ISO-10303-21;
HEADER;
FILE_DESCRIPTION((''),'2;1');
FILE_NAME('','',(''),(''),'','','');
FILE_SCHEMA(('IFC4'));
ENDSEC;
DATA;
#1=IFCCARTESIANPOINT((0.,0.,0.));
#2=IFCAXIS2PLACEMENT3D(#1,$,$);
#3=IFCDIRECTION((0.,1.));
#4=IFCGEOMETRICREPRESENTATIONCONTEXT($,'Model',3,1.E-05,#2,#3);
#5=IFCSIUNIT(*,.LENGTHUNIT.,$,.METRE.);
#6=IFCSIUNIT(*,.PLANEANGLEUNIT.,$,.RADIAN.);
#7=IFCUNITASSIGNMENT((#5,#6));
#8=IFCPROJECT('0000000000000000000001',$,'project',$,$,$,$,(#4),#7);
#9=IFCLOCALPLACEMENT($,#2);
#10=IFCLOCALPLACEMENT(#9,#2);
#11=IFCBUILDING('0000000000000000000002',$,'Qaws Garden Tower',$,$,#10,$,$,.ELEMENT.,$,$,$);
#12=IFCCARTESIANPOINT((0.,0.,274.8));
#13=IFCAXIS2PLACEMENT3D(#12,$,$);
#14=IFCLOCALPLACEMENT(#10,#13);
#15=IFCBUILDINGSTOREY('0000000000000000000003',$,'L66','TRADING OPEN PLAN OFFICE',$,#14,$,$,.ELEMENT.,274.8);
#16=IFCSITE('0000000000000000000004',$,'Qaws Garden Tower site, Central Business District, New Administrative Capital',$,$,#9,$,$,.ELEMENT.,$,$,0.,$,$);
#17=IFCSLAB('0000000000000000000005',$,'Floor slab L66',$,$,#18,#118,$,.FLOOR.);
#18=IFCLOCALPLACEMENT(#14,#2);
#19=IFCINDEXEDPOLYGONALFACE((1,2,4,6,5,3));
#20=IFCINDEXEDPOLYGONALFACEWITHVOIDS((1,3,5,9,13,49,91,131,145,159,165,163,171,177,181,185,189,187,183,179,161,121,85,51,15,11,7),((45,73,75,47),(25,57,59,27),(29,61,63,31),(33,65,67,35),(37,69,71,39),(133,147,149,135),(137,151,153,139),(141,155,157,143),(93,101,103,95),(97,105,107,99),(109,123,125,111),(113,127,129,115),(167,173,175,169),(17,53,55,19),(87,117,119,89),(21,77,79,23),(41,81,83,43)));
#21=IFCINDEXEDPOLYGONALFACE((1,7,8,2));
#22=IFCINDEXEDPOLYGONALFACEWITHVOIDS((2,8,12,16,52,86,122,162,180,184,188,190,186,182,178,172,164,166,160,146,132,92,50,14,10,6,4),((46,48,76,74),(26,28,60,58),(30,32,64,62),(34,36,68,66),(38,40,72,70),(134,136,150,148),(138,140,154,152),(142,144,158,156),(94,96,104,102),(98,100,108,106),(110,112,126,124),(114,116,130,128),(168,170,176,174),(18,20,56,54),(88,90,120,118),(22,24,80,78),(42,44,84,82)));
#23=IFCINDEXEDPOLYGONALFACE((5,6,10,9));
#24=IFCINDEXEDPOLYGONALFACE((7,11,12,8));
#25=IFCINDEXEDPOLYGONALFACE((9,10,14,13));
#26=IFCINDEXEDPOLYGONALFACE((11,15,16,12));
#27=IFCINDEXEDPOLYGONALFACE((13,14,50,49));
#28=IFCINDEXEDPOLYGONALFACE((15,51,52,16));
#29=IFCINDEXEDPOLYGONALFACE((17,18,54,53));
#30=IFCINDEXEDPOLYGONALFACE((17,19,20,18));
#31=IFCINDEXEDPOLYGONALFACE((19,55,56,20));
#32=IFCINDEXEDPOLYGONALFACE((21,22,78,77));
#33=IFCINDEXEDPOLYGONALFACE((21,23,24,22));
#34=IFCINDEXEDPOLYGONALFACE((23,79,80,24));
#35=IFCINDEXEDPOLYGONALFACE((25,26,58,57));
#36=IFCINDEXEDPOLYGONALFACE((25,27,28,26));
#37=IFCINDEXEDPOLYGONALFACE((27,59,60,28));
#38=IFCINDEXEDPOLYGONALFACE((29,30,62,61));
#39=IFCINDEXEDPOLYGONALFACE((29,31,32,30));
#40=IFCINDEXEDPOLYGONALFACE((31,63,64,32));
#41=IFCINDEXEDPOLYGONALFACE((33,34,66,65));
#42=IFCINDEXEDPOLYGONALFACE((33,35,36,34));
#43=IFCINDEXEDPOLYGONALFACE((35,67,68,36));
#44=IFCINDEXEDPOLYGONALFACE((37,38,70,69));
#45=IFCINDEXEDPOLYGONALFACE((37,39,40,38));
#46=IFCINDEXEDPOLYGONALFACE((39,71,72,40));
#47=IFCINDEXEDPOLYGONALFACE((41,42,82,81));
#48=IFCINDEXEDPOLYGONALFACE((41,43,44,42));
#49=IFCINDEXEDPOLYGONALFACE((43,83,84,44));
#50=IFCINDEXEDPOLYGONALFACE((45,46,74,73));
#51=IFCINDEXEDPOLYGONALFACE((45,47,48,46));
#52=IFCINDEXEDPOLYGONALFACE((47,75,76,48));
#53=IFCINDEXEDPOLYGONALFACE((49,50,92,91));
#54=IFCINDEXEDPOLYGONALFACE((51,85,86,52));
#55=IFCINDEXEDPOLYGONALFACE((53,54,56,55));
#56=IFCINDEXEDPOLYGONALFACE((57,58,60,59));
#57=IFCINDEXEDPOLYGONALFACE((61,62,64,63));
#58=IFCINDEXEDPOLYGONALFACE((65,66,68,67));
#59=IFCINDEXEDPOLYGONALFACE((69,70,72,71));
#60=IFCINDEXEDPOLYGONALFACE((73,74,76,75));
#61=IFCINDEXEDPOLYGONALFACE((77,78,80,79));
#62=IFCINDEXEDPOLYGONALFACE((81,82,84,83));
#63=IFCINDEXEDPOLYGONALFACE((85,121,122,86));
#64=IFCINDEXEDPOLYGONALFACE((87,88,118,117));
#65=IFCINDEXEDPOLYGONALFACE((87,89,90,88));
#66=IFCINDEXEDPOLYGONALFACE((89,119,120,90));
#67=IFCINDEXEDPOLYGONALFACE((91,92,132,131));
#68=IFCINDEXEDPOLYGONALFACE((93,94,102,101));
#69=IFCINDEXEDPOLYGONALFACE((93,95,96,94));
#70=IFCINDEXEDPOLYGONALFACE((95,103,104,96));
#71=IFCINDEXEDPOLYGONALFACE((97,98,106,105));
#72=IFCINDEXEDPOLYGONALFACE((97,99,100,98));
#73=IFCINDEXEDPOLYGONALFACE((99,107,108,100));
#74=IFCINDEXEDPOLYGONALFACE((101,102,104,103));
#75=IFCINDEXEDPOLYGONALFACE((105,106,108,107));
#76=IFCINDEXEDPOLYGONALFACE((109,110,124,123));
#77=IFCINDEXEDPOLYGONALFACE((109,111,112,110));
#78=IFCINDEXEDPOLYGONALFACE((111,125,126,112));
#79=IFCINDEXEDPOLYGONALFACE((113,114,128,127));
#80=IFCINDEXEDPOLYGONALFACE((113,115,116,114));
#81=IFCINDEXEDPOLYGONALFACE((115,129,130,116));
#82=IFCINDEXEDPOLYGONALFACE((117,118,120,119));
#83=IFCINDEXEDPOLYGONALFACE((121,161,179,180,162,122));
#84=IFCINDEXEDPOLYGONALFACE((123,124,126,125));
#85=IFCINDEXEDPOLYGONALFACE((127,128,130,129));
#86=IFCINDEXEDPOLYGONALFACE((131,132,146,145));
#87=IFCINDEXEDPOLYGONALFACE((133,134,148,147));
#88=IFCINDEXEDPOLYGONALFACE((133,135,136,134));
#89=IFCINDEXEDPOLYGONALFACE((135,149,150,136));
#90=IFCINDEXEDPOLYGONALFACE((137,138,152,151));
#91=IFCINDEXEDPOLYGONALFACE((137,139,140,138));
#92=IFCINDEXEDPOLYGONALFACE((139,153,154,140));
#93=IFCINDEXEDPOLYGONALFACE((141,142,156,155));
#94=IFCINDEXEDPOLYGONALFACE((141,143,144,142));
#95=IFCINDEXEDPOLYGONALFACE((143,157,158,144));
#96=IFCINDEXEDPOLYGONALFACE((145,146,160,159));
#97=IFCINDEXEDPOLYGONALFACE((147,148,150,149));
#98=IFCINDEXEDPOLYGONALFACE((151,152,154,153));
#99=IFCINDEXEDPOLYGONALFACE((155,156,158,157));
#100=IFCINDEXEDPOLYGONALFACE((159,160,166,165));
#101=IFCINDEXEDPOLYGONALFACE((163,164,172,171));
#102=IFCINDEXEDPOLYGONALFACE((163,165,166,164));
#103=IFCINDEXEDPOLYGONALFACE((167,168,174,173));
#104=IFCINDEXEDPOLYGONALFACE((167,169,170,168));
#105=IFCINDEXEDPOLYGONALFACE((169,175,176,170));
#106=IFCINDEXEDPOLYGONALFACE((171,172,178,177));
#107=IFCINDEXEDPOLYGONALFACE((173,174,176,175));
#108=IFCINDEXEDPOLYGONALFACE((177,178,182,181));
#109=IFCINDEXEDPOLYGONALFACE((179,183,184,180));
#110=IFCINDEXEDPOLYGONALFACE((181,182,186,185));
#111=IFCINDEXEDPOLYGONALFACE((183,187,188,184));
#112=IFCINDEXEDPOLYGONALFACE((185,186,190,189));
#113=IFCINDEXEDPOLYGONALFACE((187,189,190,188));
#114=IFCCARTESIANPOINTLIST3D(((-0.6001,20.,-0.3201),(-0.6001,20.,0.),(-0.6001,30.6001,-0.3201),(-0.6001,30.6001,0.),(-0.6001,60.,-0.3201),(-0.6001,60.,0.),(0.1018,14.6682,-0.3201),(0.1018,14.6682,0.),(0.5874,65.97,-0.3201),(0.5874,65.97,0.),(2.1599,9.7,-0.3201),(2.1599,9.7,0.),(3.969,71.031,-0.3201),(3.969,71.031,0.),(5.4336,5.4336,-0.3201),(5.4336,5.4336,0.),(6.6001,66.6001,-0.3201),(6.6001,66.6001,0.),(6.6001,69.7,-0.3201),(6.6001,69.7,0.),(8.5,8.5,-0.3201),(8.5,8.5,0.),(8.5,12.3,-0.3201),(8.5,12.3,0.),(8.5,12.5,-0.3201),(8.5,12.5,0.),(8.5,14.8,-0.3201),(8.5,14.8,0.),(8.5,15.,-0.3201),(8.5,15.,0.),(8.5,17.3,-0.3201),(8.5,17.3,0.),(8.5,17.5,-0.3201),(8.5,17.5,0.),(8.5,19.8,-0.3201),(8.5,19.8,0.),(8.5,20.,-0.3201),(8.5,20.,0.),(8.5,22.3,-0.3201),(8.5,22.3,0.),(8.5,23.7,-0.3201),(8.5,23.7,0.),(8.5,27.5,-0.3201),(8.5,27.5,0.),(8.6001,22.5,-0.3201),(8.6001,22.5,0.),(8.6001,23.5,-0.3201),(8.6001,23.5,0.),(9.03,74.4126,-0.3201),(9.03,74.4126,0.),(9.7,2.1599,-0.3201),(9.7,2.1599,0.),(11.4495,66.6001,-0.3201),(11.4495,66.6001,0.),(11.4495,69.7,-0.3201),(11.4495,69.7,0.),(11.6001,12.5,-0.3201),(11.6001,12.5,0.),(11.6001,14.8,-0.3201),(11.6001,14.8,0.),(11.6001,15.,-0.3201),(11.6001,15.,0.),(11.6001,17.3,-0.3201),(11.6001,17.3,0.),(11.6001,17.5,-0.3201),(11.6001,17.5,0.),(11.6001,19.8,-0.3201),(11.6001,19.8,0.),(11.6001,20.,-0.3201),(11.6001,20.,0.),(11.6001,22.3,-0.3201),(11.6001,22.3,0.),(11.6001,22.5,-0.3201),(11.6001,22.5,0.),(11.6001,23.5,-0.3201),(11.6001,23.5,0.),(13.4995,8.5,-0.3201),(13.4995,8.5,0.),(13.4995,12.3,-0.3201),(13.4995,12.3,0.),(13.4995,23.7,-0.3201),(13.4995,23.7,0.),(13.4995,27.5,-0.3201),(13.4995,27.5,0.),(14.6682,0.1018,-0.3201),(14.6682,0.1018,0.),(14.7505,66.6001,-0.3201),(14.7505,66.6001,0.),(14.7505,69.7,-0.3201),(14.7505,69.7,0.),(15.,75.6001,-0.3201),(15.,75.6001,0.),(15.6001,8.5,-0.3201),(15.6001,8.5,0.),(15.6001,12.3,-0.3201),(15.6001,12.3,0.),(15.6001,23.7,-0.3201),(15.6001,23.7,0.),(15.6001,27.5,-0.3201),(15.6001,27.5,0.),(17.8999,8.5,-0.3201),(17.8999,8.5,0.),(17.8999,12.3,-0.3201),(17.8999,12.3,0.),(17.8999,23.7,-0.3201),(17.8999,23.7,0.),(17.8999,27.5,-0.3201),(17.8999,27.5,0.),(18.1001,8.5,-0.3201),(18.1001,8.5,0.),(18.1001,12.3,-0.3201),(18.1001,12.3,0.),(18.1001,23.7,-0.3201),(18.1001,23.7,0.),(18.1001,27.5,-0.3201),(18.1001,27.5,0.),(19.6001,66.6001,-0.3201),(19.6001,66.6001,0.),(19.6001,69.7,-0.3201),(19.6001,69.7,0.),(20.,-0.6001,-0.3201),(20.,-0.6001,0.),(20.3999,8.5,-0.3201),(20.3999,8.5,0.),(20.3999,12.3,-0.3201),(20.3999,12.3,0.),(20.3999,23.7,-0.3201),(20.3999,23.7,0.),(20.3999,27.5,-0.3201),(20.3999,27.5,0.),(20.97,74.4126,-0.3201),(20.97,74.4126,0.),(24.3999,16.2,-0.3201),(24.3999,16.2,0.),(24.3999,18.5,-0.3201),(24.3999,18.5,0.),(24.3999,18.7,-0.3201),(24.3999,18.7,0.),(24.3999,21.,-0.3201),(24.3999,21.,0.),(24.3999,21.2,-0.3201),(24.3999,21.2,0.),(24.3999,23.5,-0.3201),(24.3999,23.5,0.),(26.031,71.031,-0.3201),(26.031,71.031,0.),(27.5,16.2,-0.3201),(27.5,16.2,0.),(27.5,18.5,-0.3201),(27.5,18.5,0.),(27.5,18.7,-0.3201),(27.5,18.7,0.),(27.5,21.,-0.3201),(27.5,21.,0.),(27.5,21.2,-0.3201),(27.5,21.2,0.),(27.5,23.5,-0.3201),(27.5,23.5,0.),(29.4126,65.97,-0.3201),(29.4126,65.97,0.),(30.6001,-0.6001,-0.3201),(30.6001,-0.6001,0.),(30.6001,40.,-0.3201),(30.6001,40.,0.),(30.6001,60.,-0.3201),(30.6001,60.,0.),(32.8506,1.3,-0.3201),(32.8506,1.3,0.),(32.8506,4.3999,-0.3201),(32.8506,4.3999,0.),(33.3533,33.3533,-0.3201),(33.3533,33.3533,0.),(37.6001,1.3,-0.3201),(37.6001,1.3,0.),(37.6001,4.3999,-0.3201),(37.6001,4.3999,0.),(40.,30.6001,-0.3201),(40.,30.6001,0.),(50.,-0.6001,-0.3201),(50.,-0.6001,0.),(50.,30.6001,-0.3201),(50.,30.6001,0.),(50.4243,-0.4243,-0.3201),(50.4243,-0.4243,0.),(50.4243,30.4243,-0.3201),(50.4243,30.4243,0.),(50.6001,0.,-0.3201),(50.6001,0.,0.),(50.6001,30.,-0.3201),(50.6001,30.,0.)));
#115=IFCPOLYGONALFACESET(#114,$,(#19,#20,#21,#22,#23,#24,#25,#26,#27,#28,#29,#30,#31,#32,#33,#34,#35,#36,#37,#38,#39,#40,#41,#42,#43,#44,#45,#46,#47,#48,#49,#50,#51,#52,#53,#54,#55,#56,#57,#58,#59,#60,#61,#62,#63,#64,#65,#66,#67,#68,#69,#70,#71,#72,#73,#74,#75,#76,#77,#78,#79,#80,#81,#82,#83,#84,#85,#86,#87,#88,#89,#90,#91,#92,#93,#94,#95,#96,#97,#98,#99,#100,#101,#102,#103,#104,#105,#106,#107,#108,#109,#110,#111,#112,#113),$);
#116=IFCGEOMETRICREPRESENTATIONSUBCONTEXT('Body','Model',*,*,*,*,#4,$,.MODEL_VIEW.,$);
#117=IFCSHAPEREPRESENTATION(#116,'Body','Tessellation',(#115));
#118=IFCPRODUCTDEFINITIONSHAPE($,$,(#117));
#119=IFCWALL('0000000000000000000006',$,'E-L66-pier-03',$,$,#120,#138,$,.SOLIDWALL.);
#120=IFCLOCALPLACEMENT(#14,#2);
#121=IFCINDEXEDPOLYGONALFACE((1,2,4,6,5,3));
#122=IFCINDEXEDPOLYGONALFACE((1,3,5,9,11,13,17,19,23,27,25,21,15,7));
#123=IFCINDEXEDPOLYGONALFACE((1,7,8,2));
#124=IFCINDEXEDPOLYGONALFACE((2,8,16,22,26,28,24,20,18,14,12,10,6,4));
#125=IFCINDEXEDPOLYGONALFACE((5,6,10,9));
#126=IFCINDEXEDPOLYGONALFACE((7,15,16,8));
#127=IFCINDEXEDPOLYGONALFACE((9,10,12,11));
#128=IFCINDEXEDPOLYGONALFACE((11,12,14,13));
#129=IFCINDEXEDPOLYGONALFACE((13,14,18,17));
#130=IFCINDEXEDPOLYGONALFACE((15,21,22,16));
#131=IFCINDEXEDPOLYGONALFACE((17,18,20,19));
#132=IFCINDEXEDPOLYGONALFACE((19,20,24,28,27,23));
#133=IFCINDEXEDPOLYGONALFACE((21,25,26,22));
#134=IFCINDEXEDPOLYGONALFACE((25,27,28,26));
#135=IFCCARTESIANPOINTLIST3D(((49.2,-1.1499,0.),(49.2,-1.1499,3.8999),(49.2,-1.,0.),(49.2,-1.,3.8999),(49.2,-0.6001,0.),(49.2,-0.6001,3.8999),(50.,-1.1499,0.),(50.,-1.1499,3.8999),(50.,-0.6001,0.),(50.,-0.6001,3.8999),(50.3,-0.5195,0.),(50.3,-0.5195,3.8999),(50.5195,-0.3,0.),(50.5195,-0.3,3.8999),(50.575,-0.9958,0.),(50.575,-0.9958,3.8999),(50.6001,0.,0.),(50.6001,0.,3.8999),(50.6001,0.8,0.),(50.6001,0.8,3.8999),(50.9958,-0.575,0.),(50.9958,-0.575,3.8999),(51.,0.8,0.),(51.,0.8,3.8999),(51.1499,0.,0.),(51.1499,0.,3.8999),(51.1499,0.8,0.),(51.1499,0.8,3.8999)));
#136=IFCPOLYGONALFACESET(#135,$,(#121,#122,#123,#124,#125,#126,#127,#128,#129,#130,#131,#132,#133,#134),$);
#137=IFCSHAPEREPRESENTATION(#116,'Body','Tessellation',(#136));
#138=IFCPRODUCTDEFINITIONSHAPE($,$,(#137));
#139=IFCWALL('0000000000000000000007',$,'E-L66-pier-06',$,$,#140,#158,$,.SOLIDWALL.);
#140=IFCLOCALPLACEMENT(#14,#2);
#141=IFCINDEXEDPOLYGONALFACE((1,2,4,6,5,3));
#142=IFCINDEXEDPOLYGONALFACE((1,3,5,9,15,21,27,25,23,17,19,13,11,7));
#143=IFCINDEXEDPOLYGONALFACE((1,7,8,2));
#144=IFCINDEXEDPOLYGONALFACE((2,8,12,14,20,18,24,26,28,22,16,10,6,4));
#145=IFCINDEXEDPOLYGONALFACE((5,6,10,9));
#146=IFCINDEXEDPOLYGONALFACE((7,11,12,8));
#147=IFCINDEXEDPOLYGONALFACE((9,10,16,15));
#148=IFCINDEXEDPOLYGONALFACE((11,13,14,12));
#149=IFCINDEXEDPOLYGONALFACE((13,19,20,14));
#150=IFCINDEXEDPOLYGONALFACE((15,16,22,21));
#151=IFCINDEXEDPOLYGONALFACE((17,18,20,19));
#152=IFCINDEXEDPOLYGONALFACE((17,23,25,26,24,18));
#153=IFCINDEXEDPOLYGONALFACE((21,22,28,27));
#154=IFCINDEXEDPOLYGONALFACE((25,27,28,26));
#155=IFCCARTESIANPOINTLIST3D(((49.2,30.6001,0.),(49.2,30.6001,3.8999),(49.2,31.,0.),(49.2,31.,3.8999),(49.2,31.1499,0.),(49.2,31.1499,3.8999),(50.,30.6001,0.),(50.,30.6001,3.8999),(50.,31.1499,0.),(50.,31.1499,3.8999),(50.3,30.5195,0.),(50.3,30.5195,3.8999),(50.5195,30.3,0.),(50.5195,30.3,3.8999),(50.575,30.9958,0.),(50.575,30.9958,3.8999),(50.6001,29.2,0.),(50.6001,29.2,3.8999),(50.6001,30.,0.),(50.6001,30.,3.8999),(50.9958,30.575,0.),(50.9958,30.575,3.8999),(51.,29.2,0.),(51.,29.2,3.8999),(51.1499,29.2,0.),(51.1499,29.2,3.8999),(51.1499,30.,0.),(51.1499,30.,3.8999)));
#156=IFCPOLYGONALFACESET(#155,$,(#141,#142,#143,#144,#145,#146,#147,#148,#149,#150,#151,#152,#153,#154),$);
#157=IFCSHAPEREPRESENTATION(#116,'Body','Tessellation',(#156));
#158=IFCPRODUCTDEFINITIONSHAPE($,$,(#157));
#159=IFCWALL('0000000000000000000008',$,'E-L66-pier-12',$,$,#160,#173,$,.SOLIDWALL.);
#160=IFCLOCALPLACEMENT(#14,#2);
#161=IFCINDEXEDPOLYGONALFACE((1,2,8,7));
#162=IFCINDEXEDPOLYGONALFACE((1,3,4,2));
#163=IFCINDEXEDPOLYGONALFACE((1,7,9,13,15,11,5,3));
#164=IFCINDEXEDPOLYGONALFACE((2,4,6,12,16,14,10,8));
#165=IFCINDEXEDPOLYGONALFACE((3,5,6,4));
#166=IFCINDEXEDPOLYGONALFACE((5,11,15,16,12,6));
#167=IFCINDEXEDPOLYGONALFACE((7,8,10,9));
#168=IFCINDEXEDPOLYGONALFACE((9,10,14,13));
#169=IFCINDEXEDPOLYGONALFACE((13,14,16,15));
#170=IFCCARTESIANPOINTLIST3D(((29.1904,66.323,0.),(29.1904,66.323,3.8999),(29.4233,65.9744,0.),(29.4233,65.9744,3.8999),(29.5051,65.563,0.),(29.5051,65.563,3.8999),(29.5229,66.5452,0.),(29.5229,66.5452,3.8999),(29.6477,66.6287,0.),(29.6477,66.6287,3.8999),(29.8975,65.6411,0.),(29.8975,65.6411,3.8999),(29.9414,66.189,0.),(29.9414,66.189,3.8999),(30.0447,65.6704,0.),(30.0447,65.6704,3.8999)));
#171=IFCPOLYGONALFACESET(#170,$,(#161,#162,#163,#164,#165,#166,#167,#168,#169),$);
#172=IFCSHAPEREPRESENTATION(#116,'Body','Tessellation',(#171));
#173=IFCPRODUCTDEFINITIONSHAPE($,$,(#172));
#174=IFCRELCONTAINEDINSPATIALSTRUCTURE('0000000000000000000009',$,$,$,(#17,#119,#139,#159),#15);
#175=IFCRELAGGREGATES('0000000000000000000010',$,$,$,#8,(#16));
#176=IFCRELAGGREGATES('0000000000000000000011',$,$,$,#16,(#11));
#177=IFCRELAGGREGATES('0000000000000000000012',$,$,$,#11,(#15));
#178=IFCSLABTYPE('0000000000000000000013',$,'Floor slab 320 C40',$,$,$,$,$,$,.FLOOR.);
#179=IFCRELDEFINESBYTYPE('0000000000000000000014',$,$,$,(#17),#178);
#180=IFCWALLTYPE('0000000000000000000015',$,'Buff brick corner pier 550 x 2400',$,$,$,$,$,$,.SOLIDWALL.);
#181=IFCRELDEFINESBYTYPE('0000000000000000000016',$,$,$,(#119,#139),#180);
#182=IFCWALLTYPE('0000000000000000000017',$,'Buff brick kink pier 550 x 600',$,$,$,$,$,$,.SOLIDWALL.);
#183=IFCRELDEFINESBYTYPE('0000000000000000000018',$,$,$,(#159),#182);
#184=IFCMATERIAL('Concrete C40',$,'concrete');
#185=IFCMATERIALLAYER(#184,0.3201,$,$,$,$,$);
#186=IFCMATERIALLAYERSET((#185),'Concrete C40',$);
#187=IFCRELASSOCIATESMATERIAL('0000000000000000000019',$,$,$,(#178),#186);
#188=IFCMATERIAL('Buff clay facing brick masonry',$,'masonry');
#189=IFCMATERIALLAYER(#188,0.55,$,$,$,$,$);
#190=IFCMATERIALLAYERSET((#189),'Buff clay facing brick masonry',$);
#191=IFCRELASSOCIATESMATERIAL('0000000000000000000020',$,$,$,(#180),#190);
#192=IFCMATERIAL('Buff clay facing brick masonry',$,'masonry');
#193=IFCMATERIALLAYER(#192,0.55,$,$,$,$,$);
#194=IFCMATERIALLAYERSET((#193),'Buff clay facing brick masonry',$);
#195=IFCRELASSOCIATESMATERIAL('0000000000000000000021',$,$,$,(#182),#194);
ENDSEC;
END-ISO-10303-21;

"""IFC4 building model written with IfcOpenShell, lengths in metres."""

from ifc_helpers import new_model, si_unit, direction, frame, origin, place, context, subcontext, project, spatial, polyline, outline, extrude, material, layer, layer_set, type_object, element, save


model = new_model("IFC4")

# Units and contexts
model_context = context("Model", 3, precision=1e-05, world=origin(), true_north=direction((0.0, 1.0)))
body_context = subcontext(model_context, "Body", "Model", "MODEL_VIEW")
ifc_project = project(units=[si_unit("LENGTHUNIT", "METRE"), si_unit("PLANEANGLEUNIT", "RADIAN")], contexts=[model_context])

# Site, building, storey
site_placement = place(None, origin())
site = spatial("IfcSite", under=ifc_project, at=site_placement, Name="Qaws Garden Tower site, Central Business District, New Administrative Capital", CompositionType="ELEMENT", RefElevation=0.0)
building_placement = place(site_placement, origin())
building = spatial("IfcBuilding", under=site, at=building_placement, Name="Qaws Garden Tower", CompositionType="ELEMENT")
storey_placement = place(building_placement, frame((0.0, 0.0, 274.8)))
storey = spatial("IfcBuildingStorey", under=building, at=storey_placement, Name="L66", Description="TRADING OPEN PLAN OFFICE", CompositionType="ELEMENT", Elevation=274.8)

# Slab
ifc_material_1 = material(Name="Concrete C40", Category="concrete")
ifc_layer_1 = layer(ifc_material_1, 0.3201)
ifc_layer_set_1 = layer_set([ifc_layer_1], Name="Concrete C40")
slab_type = type_object("IfcSlabType", Name="Floor slab 320 C40", PredefinedType="FLOOR", material=ifc_layer_set_1)
slab_placement = place(storey_placement, frame((0.0, 0.0, -0.3201)))
element("IfcSlab", 1, at=slab_placement, inside=storey, type_object=slab_type, Name="Floor slab L66", PredefinedType="FLOOR", context=body_context, shape_type="SweptSolid", body=[
    extrude(outline(polyline([(0.1018, 14.6682), (-0.6001, 20.0), (-0.6001, 30.6001), (-0.6001, 60.0), (-0.6001, 60.0), (0.5874, 65.97), (3.969, 71.031), (9.03, 74.4126), (15.0, 75.6001), (20.97, 74.4126), (26.031, 71.031), (29.4126, 65.97), (30.6001, 60.0), (30.6001, 40.0), (33.3533, 33.3533), (40.0, 30.6001), (50.0, 30.6001), (50.4243, 30.4243), (50.6001, 30.0), (50.6001, 0.0), (50.4243, -0.4243), (50.0, -0.6001), (30.6001, -0.6001), (20.0, -0.6001), (14.6682, 0.1018), (9.7, 2.1599), (5.4336, 5.4336), (2.1599, 9.7), (0.1018, 14.6682)]), holes=[polyline([(13.4995, 12.3), (8.5, 12.3), (8.5, 8.5), (13.4995, 8.5), (13.4995, 12.3)]), polyline([(17.8999, 12.3), (15.6001, 12.3), (15.6001, 8.5), (17.8999, 8.5), (17.8999, 12.3)]), polyline([(11.6001, 14.8), (8.5, 14.8), (8.5, 12.5), (11.6001, 12.5), (11.6001, 14.8)]), polyline([(11.6001, 17.3), (8.5, 17.3), (8.5, 15.0), (11.6001, 15.0), (11.6001, 17.3)]), polyline([(11.6001, 19.8), (8.5, 19.8), (8.5, 17.5), (11.6001, 17.5), (11.6001, 19.8)]), polyline([(11.6001, 22.3), (8.5, 22.3), (8.5, 20.0), (11.6001, 20.0), (11.6001, 22.3)]), polyline([(11.6001, 23.5), (8.6001, 23.5), (8.6001, 22.5), (11.6001, 22.5), (11.6001, 23.5)]), polyline([(13.4995, 27.5), (8.5, 27.5), (8.5, 23.7), (13.4995, 23.7), (13.4995, 27.5)]), polyline([(11.4495, 69.7), (6.6001, 69.7), (6.6001, 66.6001), (11.4495, 66.6001), (11.4495, 69.7)]), polyline([(37.6001, 4.3999), (32.8506, 4.3999), (32.8506, 1.3), (37.6001, 1.3), (37.6001, 4.3999)]), polyline([(20.3999, 12.3), (18.1001, 12.3), (18.1001, 8.5), (20.3999, 8.5), (20.3999, 12.3)]), polyline([(27.5, 18.5), (24.3999, 18.5), (24.3999, 16.2), (27.5, 16.2), (27.5, 18.5)]), polyline([(27.5, 21.0), (24.3999, 21.0), (24.3999, 18.7), (27.5, 18.7), (27.5, 21.0)]), polyline([(27.5, 23.5), (24.3999, 23.5), (24.3999, 21.2), (27.5, 21.2), (27.5, 23.5)]), polyline([(17.8999, 27.5), (15.6001, 27.5), (15.6001, 23.7), (17.8999, 23.7), (17.8999, 27.5)]), polyline([(20.3999, 23.7), (20.3999, 27.5), (18.1001, 27.5), (18.1001, 23.7), (20.3999, 23.7)]), polyline([(19.6001, 66.6001), (19.6001, 69.7), (14.7505, 69.7), (14.7505, 66.6001), (19.6001, 66.6001)])]), origin(), (0.0, 0.0, 1.0), 0.3201),
])

# Walls
ifc_material_2 = material(Name="Buff clay facing brick masonry", Category="masonry")
ifc_layer_2 = layer(ifc_material_2, 0.55)
ifc_layer_set_2 = layer_set([ifc_layer_2], Name="Buff clay facing brick masonry")
wall_type_1 = type_object("IfcWallType", Name="Buff brick corner pier 550 x 2400", PredefinedType="SOLIDWALL", material=ifc_layer_set_2)
placement = place(storey_placement, origin())
element("IfcWall", 2, at=placement, inside=storey, type_object=wall_type_1, Name="E-L66-pier-03", PredefinedType="SOLIDWALL", context=body_context, shape_type="SweptSolid", body=[
    extrude(outline(polyline([(49.2, -1.0), (49.2, -1.1499), (50.0, -1.1499), (50.575, -0.9958), (50.9958, -0.575), (51.1499, 0.0), (51.1499, 0.8), (51.0, 0.8), (50.6001, 0.8), (50.6001, 0.0), (50.5195, -0.3), (50.3, -0.5195), (50.0, -0.6001), (49.2, -0.6001), (49.2, -1.0)])), origin(), (0.0, 0.0, 1.0), 3.8999),
])
element("IfcWall", 3, at=placement, inside=storey, type_object=wall_type_1, Name="E-L66-pier-06", PredefinedType="SOLIDWALL", context=body_context, shape_type="SweptSolid", body=[
    extrude(outline(polyline([(51.0, 29.2), (51.1499, 29.2), (51.1499, 30.0), (50.9958, 30.575), (50.575, 30.9958), (50.0, 31.1499), (49.2, 31.1499), (49.2, 31.0), (49.2, 30.6001), (50.0, 30.6001), (50.3, 30.5195), (50.5195, 30.3), (50.6001, 30.0), (50.6001, 29.2), (51.0, 29.2)])), origin(), (0.0, 0.0, 1.0), 3.8999),
])
ifc_material_3 = material(Name="Buff clay facing brick masonry", Category="masonry")
ifc_layer_3 = layer(ifc_material_3, 0.55)
ifc_layer_set_3 = layer_set([ifc_layer_3], Name="Buff clay facing brick masonry")
wall_type_2 = type_object("IfcWallType", Name="Buff brick kink pier 550 x 600", PredefinedType="SOLIDWALL", material=ifc_layer_set_3)
element("IfcWall", 4, at=placement, inside=storey, type_object=wall_type_2, Name="E-L66-pier-12", PredefinedType="SOLIDWALL", context=body_context, shape_type="SweptSolid", body=[
    extrude(outline(polyline([(29.8975, 65.6411), (30.0447, 65.6704), (29.9414, 66.189), (29.6477, 66.6287), (29.5229, 66.5452), (29.1904, 66.323), (29.4233, 65.9744), (29.5051, 65.563), (29.8975, 65.6411)])), origin(), (0.0, 0.0, 1.0), 3.8999),
])

save(model, "model.ifc")
